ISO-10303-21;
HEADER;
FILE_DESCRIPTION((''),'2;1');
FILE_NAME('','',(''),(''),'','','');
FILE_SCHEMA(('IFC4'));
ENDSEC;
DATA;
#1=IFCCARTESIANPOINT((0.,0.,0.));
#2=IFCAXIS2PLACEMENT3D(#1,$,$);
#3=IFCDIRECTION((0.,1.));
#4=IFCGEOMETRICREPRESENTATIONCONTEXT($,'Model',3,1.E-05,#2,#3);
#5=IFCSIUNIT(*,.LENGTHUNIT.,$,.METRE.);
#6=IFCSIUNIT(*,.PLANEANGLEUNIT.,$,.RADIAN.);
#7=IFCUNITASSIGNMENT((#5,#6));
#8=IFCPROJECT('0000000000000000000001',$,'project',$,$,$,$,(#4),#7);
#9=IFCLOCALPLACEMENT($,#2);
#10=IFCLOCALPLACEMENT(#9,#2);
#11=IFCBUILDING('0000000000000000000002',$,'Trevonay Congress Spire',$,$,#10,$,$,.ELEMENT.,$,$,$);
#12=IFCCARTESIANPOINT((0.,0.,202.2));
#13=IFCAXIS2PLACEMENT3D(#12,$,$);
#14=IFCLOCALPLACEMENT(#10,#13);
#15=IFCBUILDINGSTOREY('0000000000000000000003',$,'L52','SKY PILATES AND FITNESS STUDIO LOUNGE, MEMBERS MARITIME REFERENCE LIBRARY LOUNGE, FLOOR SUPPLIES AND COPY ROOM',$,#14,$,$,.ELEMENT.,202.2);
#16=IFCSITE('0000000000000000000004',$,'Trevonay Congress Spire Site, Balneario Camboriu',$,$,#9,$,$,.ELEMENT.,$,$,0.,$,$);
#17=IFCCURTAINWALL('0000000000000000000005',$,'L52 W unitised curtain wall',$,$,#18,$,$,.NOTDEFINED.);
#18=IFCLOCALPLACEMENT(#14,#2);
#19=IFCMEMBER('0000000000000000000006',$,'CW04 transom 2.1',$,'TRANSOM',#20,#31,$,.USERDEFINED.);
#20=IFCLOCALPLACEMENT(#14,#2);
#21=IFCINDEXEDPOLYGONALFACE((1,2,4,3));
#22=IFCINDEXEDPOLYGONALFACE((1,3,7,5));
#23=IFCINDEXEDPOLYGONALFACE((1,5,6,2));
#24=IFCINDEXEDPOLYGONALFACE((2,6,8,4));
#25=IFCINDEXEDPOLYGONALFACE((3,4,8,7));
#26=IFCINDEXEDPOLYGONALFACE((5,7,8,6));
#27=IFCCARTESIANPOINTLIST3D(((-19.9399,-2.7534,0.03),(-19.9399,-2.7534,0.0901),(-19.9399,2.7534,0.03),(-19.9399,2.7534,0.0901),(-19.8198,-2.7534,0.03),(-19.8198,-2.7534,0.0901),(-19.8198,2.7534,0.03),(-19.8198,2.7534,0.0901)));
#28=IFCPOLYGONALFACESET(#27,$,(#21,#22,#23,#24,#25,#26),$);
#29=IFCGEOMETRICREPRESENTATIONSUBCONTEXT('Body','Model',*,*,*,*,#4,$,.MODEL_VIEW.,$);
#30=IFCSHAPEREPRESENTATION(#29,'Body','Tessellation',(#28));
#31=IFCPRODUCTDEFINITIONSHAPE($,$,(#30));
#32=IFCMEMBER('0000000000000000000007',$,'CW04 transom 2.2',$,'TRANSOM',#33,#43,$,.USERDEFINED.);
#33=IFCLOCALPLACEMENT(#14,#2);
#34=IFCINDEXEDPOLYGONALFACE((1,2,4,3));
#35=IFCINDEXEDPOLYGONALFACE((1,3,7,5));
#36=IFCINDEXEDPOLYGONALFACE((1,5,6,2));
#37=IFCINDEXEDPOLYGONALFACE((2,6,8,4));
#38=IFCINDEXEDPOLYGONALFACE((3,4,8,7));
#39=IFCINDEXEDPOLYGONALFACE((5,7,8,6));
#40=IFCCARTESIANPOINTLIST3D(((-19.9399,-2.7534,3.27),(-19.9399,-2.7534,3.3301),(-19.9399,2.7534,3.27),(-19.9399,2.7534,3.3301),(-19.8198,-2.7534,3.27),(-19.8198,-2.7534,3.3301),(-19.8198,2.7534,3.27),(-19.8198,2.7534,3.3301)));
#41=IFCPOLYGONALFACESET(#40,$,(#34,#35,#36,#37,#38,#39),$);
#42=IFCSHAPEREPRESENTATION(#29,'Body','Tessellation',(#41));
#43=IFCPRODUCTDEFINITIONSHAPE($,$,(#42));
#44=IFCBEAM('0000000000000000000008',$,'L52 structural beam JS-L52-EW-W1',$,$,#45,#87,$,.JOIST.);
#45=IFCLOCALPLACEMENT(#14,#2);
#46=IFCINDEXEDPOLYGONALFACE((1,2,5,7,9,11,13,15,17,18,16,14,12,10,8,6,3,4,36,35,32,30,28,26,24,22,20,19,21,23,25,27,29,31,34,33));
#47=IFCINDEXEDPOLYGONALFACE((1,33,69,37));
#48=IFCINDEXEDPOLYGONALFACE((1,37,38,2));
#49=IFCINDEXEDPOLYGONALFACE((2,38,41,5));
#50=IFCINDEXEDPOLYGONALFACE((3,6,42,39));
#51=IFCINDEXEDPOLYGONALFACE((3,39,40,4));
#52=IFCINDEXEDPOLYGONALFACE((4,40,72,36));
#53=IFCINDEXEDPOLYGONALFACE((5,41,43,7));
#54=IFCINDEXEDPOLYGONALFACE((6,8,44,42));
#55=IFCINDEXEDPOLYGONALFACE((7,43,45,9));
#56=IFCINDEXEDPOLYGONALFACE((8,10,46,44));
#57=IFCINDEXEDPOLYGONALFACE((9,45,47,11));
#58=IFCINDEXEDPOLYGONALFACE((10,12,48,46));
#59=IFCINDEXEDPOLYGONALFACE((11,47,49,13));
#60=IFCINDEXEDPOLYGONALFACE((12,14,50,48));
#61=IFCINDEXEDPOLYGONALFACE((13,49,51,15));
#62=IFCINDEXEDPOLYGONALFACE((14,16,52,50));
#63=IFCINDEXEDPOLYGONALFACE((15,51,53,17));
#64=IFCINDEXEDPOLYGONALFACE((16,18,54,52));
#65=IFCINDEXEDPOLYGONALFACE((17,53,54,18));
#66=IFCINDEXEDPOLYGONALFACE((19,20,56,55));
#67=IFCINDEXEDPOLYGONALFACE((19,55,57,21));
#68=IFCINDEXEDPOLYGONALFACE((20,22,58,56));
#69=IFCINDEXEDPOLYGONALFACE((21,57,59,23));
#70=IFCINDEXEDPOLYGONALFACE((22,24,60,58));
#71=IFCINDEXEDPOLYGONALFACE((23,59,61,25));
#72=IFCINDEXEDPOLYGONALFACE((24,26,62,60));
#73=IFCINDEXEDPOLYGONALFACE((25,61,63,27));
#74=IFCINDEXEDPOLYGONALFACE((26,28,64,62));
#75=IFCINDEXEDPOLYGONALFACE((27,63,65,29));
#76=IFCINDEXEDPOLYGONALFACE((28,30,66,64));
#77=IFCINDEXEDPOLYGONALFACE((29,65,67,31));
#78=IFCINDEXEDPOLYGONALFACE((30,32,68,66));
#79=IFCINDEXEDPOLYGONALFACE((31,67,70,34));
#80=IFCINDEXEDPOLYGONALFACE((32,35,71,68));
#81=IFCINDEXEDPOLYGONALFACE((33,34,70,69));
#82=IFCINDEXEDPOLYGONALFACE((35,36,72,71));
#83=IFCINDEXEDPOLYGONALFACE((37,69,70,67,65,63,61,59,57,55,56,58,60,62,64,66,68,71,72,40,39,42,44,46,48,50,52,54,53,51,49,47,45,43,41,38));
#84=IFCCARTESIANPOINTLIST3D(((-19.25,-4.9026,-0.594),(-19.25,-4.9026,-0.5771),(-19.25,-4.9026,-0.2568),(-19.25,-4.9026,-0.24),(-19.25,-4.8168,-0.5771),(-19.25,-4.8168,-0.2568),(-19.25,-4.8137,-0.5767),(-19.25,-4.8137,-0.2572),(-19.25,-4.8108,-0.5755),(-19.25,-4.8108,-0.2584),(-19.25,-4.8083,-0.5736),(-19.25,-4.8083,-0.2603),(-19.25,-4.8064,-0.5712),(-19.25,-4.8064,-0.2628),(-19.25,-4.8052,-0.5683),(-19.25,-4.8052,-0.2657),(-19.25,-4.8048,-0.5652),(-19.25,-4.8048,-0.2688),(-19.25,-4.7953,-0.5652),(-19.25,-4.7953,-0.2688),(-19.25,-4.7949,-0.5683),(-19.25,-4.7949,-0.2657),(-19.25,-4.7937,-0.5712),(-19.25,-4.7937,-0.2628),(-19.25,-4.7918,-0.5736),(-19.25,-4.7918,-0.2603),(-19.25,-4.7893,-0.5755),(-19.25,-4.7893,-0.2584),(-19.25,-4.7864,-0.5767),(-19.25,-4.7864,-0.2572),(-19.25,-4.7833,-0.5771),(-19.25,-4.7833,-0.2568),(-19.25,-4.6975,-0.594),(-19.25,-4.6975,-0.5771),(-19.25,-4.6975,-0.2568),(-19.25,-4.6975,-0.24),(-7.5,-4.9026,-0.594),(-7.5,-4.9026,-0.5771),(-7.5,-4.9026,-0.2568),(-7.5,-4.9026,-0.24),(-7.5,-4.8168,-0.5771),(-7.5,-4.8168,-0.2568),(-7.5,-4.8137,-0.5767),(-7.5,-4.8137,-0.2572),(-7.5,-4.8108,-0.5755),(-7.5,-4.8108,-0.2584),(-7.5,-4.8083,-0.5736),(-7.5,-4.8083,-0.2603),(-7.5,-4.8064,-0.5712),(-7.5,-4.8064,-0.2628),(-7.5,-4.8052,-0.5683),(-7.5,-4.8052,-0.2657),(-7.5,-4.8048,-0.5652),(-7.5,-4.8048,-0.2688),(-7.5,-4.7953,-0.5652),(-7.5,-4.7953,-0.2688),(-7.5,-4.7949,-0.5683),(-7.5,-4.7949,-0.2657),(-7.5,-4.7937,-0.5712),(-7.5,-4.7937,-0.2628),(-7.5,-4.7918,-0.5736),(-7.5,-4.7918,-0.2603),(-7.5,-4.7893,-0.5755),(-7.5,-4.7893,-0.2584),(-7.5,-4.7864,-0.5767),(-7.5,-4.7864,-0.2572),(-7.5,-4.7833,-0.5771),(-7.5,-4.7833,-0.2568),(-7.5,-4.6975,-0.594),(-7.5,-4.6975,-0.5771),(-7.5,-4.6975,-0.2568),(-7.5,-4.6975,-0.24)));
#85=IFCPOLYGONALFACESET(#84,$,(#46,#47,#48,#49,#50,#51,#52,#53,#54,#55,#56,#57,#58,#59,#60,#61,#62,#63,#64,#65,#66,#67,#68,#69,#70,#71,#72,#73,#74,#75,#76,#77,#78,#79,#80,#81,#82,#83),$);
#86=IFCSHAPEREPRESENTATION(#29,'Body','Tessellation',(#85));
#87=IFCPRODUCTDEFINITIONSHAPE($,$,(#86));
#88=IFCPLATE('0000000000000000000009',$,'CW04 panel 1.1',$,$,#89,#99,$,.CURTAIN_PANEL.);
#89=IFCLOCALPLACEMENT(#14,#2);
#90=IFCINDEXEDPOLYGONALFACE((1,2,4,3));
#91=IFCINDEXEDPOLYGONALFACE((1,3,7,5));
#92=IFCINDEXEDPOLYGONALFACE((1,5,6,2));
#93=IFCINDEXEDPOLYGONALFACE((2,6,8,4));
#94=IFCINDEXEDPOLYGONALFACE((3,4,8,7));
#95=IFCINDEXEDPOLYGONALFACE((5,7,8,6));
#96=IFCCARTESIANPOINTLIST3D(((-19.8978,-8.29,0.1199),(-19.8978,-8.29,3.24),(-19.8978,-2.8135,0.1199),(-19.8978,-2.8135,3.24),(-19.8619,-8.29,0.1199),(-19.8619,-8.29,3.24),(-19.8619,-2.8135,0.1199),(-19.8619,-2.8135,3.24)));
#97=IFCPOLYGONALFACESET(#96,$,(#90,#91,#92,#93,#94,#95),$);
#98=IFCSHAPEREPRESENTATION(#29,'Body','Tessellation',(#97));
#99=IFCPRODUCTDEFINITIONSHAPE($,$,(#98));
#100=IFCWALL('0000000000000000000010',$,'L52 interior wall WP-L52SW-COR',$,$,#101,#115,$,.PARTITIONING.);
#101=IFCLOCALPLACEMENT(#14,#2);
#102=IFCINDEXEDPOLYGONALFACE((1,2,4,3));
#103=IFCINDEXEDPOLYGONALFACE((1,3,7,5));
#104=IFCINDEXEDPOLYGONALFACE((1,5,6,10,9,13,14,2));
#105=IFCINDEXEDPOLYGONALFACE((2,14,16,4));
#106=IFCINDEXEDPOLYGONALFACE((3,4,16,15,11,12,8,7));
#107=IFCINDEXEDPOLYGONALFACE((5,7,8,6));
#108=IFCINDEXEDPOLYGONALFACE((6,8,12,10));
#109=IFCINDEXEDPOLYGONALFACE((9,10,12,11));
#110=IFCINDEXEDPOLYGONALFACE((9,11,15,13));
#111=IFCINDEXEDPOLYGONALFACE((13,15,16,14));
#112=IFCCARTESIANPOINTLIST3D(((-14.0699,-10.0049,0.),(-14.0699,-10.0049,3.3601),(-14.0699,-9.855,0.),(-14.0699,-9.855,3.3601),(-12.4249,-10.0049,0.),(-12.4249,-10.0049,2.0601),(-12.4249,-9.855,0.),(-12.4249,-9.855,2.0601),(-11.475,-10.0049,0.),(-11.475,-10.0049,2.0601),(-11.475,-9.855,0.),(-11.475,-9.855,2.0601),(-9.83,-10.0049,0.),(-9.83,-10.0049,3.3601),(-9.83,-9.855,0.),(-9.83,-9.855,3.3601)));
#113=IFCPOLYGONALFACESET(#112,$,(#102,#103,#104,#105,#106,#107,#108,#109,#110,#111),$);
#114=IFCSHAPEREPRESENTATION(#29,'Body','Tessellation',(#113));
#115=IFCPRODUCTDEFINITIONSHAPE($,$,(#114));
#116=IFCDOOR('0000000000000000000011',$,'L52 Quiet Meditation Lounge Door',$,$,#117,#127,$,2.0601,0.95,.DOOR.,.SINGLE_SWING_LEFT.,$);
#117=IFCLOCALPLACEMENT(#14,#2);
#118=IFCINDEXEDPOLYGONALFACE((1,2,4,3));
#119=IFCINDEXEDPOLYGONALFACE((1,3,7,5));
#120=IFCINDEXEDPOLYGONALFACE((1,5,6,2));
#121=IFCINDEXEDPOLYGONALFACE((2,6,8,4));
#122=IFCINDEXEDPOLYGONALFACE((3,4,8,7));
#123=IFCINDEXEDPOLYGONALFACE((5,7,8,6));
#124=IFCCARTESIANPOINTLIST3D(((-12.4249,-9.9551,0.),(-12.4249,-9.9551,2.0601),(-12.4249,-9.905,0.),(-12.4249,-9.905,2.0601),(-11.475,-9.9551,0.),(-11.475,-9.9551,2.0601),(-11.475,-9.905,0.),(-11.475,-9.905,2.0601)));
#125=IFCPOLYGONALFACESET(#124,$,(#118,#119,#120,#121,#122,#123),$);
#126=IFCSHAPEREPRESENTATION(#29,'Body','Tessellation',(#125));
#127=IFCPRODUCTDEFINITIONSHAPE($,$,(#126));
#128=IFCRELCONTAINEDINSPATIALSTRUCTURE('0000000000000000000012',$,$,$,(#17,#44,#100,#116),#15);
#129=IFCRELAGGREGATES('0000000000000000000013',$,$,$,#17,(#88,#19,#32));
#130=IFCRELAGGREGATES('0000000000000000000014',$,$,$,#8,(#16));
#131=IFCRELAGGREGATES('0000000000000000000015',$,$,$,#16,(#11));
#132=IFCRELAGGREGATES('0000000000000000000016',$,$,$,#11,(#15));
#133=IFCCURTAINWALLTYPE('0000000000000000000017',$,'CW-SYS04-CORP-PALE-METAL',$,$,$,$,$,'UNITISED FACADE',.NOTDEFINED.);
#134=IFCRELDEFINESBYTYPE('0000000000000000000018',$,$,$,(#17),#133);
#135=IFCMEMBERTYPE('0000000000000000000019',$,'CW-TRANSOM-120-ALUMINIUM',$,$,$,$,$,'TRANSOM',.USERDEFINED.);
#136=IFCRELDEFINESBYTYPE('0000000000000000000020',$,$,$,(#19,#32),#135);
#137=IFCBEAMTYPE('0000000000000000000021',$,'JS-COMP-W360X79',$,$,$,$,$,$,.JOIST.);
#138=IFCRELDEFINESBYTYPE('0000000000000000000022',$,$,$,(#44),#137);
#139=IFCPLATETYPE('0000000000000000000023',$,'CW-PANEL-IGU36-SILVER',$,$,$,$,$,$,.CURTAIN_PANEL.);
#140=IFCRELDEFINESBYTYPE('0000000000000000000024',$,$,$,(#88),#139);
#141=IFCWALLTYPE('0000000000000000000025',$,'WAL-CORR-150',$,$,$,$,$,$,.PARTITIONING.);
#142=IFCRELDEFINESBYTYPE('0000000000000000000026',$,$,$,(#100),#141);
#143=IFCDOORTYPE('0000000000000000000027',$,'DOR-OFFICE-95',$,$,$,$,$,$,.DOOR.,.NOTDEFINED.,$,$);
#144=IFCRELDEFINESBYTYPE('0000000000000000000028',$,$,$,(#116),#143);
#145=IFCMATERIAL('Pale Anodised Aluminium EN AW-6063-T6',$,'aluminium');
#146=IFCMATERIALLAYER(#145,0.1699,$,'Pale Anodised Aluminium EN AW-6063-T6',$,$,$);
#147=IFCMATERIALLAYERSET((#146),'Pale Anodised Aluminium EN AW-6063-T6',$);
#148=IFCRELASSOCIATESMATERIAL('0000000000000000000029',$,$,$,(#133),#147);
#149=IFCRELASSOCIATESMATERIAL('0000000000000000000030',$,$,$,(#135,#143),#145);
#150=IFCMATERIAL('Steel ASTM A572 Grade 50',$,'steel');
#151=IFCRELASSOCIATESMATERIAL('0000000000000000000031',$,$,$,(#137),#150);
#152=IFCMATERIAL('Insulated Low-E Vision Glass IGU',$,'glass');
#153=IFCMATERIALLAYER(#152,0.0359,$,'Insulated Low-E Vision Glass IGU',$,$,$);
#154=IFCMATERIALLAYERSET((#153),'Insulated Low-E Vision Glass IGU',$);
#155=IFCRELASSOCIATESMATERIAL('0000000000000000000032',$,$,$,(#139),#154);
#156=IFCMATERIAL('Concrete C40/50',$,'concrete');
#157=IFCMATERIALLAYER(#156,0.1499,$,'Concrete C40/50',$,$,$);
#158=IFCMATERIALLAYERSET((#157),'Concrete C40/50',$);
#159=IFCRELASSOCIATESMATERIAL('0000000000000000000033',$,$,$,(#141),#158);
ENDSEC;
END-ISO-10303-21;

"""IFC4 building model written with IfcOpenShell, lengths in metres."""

from ifc_helpers import new_model, si_unit, direction, frame, frame_2d, origin, origin_2d, place, context, subcontext, project, spatial, rectangle, i_section, extrude, material, layer, layer_set, material_profile, profile_set, type_object, element, fill, aggregate, save


model = new_model("IFC4")

# Units and contexts
model_context = context("Model", 3, precision=1e-05, world=origin(), true_north=direction((0.0, 1.0)))
body_context = subcontext(model_context, "Body", "Model", "MODEL_VIEW")
ifc_project = project(units=[si_unit("LENGTHUNIT", "METRE"), si_unit("PLANEANGLEUNIT", "RADIAN")], contexts=[model_context])

# Site, building, storey
site_placement = place(None, origin())
site = spatial("IfcSite", under=ifc_project, at=site_placement, Name="Trevonay Congress Spire Site, Balneario Camboriu", CompositionType="ELEMENT", RefElevation=0.0)
building_placement = place(site_placement, origin())
building = spatial("IfcBuilding", under=site, at=building_placement, Name="Trevonay Congress Spire", CompositionType="ELEMENT")
storey_placement = place(building_placement, frame((0.0, 0.0, 202.2)))
storey = spatial("IfcBuildingStorey", under=building, at=storey_placement, Name="L52", Description="SKY PILATES AND FITNESS STUDIO LOUNGE, MEMBERS MARITIME REFERENCE LIBRARY LOUNGE, FLOOR SUPPLIES AND COPY ROOM", CompositionType="ELEMENT", Elevation=202.2)

# Shared definitions
ifc_material_1 = material(Name="Steel ASTM A572 Grade 50", Category="steel")

# Curtain wall, members
ifc_material_2 = material(Name="Pale Anodised Aluminium EN AW-6063-T6", Category="aluminium")
ifc_layer_1 = layer(ifc_material_2, 0.1699, Name="Pale Anodised Aluminium EN AW-6063-T6")
ifc_layer_set_1 = layer_set([ifc_layer_1], Name="Pale Anodised Aluminium EN AW-6063-T6")
curtain_wall_type = type_object("IfcCurtainWallType", Name="CW-SYS04-CORP-PALE-METAL", ElementType="UNITISED FACADE", PredefinedType="NOTDEFINED", material=ifc_layer_set_1)
curtain_wall_placement = place(storey_placement, origin())
curtain_wall = element("IfcCurtainWall", 1, at=curtain_wall_placement, inside=storey, type_object=curtain_wall_type, Name="L52 W unitised curtain wall", PredefinedType="NOTDEFINED")
ifc_material_profile_1 = material_profile(ifc_material_2, rectangle(XDim=0.1201, YDim=0.0601, at=origin_2d()), Name="CW-TRANSOM-120-ALUMINIUM")
ifc_profile_set_1 = profile_set([ifc_material_profile_1], Name="Pale Anodised Aluminium EN AW-6063-T6")
member_type_1 = type_object("IfcMemberType", Name="CW-TRANSOM-120-ALUMINIUM", ElementType="TRANSOM", PredefinedType="USERDEFINED", material=ifc_profile_set_1)
member_1_placement = place(storey_placement, frame((-19.8799, -2.7534, 0.0601), z_axis=(0.0, 1.0, 0.0), x_axis=(-1.0, 0.0, 0.0)))
member_1 = element("IfcMember", 2, at=member_1_placement, type_object=member_type_1, Name="CW04 transom 2.1", ObjectType="TRANSOM", PredefinedType="USERDEFINED", context=body_context, shape_type="SweptSolid", body=[
    extrude(rectangle(XDim=0.1201, YDim=0.0601, at=origin_2d()), origin(), (0.0, 0.0, 1.0), 5.5068),
])
member_2_placement = place(storey_placement, frame((-19.8799, -2.7534, 3.3), z_axis=(0.0, 1.0, 0.0), x_axis=(-1.0, 0.0, 0.0)))
member_2 = element("IfcMember", 3, at=member_2_placement, type_object=member_type_1, Name="CW04 transom 2.2", ObjectType="TRANSOM", PredefinedType="USERDEFINED", context=body_context, shape_type="SweptSolid", body=[
    extrude(rectangle(XDim=0.1201, YDim=0.0601, at=origin_2d()), origin(), (0.0, 0.0, 1.0), 5.5068),
])

# Beam
ifc_material_profile_2 = material_profile(ifc_material_1, i_section(OverallWidth=0.2051, OverallDepth=0.354, WebThickness=0.0095, FlangeThickness=0.0168, FilletRadius=0.012, at=origin_2d()), Name="W360x79")
ifc_profile_set_2 = profile_set([ifc_material_profile_2], Name="Steel ASTM A572 Grade 50")
beam_type_1 = type_object("IfcBeamType", Name="JS-COMP-W360X79", PredefinedType="JOIST", material=ifc_profile_set_2)
beam_1_placement = place(storey_placement, frame((-19.25, -4.8, -0.417), z_axis=(1.0, 0.0, 0.0), x_axis=(0.0, 1.0, 0.0)))
element("IfcBeam", 4, at=beam_1_placement, inside=storey, type_object=beam_type_1, Name="L52 structural beam JS-L52-EW-W1", PredefinedType="JOIST", context=body_context, shape_type="SweptSolid", body=[
    extrude(i_section(OverallWidth=0.2051, OverallDepth=0.354, WebThickness=0.0095, FlangeThickness=0.0168, FilletRadius=0.012, at=origin_2d()), origin(), (0.0, 0.0, 1.0), 11.75),
])

# Plate
ifc_material_3 = material(Name="Insulated Low-E Vision Glass IGU", Category="glass")
ifc_layer_2 = layer(ifc_material_3, 0.0359, Name="Insulated Low-E Vision Glass IGU")
ifc_layer_set_2 = layer_set([ifc_layer_2], Name="Insulated Low-E Vision Glass IGU")
plate_type = type_object("IfcPlateType", Name="CW-PANEL-IGU36-SILVER", PredefinedType="CURTAIN_PANEL", material=ifc_layer_set_2)
plate_placement = place(storey_placement, frame((-19.8799, -5.5518, 0.1199), z_axis=(0.0, 0.0, 1.0), x_axis=(0.0, 1.0, 0.0)))
plate = element("IfcPlate", 5, at=plate_placement, type_object=plate_type, Name="CW04 panel 1.1", PredefinedType="CURTAIN_PANEL", context=body_context, shape_type="SweptSolid", body=[
    extrude(rectangle(XDim=5.4766, YDim=0.0359, at=origin_2d()), origin(), (0.0, 0.0, 1.0), 3.1201),
])
aggregate(curtain_wall, [plate, member_1, member_2])

# Wall, opening, door
ifc_material_4 = material(Name="Concrete C40/50", Category="concrete")
ifc_layer_3 = layer(ifc_material_4, 0.1499, Name="Concrete C40/50")
ifc_layer_set_3 = layer_set([ifc_layer_3], Name="Concrete C40/50")
wall_type_1 = type_object("IfcWallType", Name="WAL-CORR-150", PredefinedType="PARTITIONING", material=ifc_layer_set_3)
wall_1_placement = place(storey_placement, frame((-14.0701, -9.9299, 0.0), z_axis=(0.0, 0.0, 1.0), x_axis=(1.0, 0.0, 0.0)))
wall_1 = element("IfcWall", 6, at=wall_1_placement, inside=storey, type_object=wall_type_1, Name="L52 interior wall WP-L52SW-COR", PredefinedType="PARTITIONING", context=body_context, shape_type="SweptSolid", body=[
    extrude(rectangle(XDim=4.24, YDim=0.1499, at=frame_2d((2.1201, 0.0))), origin(), (0.0, 0.0, 1.0), 3.3601),
])
opening_1_placement = place(wall_1_placement, frame((1.645, 0.0, 0.0)))
opening_1 = element("IfcOpeningElement", 7, at=opening_1_placement, cuts=wall_1, PredefinedType="OPENING", context=body_context, shape_type="SweptSolid", body=[
    extrude(rectangle(XDim=0.95, YDim=2.0601, at=frame_2d((0.4751, 1.03))), frame((0.0, 0.085, 0.0), z_axis=(0.0, -1.0, 0.0), x_axis=(1.0, 0.0, 0.0)), (0.0, 0.0, 1.0), 0.1699),
])
door_type_1 = type_object("IfcDoorType", Name="DOR-OFFICE-95", OperationType="NOTDEFINED", PredefinedType="DOOR", material=ifc_material_2)
door_1_placement = place(opening_1_placement, origin())
door_1 = element("IfcDoor", 8, at=door_1_placement, inside=storey, type_object=door_type_1, Name="L52 Quiet Meditation Lounge Door", OperationType="SINGLE_SWING_LEFT", OverallHeight=2.0601, OverallWidth=0.95, PredefinedType="DOOR", context=body_context, shape_type="SweptSolid", body=[
    extrude(rectangle(XDim=0.95, YDim=2.0601, at=frame_2d((0.4751, 1.03))), frame((0.0, 0.0249, 0.0), z_axis=(0.0, -1.0, 0.0), x_axis=(1.0, 0.0, 0.0)), (0.0, 0.0, 1.0), 0.05),
])
fill(opening_1, door_1)

save(model, "model.ifc")
